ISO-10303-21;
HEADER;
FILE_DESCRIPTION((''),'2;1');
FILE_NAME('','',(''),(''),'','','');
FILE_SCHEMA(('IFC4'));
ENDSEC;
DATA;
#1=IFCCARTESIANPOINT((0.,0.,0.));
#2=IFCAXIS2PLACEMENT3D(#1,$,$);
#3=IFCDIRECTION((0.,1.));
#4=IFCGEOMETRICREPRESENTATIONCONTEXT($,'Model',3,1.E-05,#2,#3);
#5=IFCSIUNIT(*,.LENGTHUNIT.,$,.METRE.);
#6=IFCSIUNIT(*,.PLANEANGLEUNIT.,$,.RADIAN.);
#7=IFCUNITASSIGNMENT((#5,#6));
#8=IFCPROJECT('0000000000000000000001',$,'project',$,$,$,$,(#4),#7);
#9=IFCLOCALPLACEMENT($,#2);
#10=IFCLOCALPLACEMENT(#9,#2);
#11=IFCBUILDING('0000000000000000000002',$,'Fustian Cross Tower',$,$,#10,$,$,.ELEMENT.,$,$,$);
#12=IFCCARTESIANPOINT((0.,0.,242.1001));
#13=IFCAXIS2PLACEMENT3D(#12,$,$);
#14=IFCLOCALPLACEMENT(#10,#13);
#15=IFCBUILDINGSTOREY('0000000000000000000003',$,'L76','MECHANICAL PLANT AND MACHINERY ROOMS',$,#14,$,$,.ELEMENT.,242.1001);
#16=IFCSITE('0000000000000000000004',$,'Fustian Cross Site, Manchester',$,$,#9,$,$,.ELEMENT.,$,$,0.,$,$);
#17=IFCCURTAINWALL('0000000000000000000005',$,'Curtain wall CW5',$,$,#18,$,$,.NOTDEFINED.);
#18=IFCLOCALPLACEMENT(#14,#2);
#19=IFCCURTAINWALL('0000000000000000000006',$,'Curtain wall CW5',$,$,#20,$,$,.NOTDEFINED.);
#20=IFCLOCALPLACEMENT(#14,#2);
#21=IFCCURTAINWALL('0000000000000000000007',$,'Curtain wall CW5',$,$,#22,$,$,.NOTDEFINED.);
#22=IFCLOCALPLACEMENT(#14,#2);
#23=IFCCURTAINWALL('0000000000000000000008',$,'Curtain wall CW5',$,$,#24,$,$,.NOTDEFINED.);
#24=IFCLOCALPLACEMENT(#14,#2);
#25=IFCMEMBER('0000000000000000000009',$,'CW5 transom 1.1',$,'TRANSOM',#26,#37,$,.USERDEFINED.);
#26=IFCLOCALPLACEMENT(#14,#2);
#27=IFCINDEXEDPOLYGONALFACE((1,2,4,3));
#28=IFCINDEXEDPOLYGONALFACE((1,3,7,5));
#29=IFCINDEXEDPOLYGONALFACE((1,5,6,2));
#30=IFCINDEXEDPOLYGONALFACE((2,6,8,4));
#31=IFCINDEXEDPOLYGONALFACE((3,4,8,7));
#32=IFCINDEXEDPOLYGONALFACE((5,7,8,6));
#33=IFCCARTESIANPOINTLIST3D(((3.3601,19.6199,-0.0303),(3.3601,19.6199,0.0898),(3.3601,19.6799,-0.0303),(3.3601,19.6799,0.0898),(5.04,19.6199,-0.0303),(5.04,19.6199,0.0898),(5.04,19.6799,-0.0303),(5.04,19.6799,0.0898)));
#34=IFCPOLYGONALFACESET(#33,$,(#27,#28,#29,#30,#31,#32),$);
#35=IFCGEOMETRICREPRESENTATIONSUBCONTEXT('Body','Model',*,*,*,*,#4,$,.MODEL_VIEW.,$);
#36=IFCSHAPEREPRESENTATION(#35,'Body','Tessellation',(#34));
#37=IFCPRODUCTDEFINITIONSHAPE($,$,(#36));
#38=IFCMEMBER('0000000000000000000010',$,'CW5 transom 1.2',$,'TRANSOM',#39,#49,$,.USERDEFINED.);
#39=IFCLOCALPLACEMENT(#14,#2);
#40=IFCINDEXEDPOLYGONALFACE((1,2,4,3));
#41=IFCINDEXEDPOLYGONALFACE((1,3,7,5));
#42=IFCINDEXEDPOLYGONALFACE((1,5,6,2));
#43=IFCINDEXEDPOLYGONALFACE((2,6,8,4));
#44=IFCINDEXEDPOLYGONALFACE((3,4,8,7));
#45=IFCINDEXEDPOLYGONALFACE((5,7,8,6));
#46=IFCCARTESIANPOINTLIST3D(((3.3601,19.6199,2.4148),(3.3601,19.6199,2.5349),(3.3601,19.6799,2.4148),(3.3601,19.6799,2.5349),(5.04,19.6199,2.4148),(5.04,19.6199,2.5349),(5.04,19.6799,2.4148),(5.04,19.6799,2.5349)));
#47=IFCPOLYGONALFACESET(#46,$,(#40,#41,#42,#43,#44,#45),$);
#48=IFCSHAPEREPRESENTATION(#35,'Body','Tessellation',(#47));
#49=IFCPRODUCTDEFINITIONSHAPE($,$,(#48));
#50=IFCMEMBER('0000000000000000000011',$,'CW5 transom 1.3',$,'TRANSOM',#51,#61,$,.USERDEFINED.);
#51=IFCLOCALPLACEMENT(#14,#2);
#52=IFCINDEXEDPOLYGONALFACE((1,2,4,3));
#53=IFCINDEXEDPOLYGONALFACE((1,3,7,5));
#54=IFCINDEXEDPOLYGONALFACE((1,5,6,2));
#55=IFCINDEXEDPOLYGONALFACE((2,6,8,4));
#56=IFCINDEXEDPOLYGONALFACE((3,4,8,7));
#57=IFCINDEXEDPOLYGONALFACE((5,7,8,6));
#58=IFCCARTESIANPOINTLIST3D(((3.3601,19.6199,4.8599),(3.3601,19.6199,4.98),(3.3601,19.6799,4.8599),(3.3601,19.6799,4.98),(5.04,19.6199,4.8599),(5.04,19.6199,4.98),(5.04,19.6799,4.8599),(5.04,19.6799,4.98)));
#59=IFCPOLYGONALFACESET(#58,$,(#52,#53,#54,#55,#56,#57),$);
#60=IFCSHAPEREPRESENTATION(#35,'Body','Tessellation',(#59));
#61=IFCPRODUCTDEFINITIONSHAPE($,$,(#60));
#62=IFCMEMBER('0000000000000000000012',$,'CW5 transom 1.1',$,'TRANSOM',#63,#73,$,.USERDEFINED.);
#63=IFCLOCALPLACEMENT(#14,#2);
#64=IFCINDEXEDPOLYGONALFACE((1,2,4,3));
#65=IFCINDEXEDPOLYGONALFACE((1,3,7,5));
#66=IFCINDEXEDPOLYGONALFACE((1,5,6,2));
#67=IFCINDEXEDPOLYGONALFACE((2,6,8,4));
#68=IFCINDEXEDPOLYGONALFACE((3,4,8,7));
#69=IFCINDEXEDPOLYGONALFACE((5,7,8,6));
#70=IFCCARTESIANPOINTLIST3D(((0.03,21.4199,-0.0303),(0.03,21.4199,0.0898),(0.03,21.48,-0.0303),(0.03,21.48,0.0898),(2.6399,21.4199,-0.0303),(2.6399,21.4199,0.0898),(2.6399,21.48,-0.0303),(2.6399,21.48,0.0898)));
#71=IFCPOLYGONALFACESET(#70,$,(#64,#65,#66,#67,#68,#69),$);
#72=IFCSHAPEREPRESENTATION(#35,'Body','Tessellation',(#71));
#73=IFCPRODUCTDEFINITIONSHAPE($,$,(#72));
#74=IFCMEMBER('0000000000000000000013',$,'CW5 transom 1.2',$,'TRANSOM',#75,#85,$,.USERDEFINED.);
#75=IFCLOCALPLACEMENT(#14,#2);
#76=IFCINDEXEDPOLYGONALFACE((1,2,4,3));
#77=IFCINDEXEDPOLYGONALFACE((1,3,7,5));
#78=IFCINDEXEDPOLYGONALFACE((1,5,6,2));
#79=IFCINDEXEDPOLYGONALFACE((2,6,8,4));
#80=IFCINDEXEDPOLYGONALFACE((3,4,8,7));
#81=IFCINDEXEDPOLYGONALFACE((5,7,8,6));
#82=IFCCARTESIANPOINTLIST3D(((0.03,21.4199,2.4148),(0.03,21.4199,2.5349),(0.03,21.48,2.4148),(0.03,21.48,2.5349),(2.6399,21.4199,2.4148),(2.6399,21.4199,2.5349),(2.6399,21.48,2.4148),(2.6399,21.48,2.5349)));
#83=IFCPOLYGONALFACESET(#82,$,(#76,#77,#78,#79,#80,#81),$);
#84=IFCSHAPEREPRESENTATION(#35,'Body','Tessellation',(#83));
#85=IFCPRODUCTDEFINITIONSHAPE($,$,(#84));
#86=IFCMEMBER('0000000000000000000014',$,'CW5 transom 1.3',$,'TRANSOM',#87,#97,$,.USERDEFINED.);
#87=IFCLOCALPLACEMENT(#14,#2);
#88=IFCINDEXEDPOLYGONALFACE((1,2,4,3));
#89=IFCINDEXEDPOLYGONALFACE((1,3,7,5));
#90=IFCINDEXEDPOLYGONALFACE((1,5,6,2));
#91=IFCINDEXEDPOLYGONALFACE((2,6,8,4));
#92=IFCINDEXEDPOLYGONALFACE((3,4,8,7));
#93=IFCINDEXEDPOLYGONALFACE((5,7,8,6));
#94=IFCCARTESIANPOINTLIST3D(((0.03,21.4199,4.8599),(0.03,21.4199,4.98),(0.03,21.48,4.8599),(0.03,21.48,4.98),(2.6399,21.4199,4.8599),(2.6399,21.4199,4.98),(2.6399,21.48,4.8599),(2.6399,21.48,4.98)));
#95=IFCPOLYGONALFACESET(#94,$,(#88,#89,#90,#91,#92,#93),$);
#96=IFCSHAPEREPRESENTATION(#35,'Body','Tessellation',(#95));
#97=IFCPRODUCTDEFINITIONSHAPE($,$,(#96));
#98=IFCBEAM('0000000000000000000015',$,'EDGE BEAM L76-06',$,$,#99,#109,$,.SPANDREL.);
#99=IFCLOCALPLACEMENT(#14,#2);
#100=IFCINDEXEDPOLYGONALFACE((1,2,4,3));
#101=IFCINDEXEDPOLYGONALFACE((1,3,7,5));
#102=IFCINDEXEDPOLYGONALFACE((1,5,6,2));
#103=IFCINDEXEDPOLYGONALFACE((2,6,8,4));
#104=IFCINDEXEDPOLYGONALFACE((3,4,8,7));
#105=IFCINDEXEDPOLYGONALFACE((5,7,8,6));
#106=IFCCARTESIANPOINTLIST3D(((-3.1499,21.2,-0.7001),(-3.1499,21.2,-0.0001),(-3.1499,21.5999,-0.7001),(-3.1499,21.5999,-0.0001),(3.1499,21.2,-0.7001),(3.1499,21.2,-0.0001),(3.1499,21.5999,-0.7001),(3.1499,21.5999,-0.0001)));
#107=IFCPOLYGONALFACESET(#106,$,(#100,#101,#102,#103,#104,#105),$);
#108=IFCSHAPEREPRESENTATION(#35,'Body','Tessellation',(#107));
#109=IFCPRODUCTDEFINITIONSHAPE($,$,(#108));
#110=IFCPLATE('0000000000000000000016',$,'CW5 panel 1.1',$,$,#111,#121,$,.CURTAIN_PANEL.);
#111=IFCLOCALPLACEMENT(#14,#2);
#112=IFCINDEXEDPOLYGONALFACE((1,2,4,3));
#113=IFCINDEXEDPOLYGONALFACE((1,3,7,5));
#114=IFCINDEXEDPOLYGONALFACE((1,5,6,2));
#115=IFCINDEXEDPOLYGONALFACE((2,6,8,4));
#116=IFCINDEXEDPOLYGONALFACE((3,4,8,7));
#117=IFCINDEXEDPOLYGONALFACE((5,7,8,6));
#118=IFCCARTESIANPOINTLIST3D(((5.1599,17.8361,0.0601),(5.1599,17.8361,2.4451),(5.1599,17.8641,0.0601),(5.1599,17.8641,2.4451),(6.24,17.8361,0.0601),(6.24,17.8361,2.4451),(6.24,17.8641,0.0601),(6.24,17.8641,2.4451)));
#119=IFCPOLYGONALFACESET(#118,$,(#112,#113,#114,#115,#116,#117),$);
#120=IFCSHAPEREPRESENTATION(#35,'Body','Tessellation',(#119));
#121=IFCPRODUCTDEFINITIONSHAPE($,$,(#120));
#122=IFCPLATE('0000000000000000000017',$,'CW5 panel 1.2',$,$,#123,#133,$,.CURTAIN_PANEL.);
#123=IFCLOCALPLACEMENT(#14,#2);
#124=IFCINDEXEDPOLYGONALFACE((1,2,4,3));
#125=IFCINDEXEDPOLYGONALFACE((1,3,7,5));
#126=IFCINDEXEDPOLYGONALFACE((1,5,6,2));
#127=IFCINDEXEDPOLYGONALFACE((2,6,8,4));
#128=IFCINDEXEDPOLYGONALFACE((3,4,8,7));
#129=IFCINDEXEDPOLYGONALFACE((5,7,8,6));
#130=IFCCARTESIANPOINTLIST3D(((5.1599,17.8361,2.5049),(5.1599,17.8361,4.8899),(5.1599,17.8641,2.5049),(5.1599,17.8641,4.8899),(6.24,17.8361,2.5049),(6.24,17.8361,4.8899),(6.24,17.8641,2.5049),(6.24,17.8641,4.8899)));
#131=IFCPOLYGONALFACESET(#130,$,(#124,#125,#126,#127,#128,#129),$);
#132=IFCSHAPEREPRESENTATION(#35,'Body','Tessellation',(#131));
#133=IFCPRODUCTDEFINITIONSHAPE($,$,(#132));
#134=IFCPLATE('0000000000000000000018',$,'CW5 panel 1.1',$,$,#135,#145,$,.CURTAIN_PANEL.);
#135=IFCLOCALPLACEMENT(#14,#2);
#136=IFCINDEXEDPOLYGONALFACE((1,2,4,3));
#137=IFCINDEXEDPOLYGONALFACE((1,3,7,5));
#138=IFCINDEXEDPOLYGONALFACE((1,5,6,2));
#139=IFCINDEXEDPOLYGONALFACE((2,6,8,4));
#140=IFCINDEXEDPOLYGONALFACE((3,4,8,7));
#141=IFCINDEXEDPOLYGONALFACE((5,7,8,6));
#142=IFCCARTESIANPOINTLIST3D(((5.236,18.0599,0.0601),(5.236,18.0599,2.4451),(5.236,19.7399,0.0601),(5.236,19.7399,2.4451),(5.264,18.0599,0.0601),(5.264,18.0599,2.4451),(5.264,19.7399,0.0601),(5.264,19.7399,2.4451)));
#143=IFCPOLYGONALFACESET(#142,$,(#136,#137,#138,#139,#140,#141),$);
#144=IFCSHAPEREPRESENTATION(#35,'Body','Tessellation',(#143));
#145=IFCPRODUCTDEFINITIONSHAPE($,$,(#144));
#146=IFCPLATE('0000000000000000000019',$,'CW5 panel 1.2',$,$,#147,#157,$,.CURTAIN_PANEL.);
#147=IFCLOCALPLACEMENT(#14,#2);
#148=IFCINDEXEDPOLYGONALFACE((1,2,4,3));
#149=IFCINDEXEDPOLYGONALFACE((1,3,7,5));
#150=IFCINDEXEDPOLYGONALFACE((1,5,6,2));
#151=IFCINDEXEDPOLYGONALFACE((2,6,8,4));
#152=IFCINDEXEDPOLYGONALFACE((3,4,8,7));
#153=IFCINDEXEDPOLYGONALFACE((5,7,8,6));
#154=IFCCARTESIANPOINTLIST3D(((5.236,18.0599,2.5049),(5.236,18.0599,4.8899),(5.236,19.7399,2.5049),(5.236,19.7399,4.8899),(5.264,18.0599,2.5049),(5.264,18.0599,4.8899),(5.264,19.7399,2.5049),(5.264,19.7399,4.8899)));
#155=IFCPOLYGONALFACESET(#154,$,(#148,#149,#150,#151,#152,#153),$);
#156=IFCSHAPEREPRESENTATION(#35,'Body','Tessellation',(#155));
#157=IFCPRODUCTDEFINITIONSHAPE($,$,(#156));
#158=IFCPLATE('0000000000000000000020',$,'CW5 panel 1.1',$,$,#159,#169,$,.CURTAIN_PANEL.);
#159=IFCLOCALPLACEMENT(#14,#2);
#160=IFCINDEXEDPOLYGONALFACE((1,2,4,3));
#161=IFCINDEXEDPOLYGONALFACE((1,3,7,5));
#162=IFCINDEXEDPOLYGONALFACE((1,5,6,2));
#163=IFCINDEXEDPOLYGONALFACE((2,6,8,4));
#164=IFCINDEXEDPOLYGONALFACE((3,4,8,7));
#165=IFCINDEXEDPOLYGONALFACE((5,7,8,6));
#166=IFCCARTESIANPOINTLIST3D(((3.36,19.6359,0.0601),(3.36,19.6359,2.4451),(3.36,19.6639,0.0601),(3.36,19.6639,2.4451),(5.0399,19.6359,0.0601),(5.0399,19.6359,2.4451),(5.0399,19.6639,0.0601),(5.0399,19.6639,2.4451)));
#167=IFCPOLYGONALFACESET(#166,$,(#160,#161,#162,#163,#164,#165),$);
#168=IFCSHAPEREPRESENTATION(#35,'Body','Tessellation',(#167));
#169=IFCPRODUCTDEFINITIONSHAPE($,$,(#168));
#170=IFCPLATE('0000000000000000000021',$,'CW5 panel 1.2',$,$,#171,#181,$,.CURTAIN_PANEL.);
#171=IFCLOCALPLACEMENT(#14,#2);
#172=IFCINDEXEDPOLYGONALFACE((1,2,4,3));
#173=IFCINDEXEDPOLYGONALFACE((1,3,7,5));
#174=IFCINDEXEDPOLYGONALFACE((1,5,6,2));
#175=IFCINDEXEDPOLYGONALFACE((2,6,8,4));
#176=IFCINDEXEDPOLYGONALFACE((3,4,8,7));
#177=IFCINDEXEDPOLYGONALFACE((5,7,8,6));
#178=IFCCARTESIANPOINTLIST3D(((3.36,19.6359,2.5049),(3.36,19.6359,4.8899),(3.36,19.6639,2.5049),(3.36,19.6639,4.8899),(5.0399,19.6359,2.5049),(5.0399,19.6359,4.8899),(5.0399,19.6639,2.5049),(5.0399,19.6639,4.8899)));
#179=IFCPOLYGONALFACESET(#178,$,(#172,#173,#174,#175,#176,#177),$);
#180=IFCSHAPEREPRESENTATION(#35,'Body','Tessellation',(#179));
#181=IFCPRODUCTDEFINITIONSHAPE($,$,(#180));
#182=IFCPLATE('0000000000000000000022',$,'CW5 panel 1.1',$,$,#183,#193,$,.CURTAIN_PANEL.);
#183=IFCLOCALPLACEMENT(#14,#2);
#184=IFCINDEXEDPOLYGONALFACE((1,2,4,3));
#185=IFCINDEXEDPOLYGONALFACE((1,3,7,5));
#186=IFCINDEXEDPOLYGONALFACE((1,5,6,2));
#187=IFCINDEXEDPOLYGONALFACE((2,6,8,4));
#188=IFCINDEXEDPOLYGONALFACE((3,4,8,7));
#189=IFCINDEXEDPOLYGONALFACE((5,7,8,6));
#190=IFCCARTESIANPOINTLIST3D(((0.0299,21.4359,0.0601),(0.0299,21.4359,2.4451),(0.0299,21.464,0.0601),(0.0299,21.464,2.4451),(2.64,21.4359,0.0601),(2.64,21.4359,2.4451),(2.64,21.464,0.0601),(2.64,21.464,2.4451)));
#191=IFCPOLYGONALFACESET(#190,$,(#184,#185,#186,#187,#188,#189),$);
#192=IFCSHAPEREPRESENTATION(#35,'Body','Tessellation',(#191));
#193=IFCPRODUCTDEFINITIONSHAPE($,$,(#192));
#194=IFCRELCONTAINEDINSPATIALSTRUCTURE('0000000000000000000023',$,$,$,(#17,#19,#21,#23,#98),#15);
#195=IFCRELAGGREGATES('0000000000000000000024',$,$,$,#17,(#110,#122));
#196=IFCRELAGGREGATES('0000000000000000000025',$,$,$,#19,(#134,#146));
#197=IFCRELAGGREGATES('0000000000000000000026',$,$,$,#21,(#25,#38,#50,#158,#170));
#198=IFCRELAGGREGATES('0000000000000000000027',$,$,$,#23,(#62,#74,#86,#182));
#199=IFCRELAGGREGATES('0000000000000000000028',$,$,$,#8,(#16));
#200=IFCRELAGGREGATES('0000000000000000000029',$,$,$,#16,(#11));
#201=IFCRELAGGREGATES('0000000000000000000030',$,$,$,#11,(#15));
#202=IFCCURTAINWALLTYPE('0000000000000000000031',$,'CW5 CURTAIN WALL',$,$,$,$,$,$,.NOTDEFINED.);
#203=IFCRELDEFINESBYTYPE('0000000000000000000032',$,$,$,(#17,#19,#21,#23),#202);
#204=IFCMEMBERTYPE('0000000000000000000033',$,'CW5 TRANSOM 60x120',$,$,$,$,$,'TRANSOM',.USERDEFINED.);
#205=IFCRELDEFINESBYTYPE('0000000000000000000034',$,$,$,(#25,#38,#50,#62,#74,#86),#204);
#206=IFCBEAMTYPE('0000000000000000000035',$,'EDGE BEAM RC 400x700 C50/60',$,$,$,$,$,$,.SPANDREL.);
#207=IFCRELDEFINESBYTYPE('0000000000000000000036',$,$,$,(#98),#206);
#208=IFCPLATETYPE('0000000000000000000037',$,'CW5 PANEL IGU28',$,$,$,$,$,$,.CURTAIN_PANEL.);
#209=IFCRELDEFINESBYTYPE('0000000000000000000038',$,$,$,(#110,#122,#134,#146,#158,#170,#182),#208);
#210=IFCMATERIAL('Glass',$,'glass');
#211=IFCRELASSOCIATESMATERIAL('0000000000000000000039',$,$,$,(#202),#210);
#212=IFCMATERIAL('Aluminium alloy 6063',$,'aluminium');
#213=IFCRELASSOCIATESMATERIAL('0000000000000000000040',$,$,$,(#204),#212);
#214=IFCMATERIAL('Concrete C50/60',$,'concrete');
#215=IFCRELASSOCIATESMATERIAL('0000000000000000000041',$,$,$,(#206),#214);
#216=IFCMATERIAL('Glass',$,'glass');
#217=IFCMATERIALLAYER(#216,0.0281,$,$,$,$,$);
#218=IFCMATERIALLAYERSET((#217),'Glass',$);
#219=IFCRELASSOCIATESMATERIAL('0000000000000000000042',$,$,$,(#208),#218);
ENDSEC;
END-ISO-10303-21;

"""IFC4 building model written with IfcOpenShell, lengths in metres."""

from ifc_helpers import new_model, si_unit, direction, frame, origin, origin_2d, place, context, subcontext, project, spatial, rectangle, extrude, material, layer, layer_set, material_profile, profile_set, type_object, element, aggregate, save


model = new_model("IFC4")

# Units and contexts
model_context = context("Model", 3, precision=1e-05, world=origin(), true_north=direction((0.0, 1.0)))
body_context = subcontext(model_context, "Body", "Model", "MODEL_VIEW")
ifc_project = project(units=[si_unit("LENGTHUNIT", "METRE"), si_unit("PLANEANGLEUNIT", "RADIAN")], contexts=[model_context])

# Site, building, storey
site_placement = place(None, origin())
site = spatial("IfcSite", under=ifc_project, at=site_placement, Name="Fustian Cross Site, Manchester", CompositionType="ELEMENT", RefElevation=0.0)
building_placement = place(site_placement, origin())
building = spatial("IfcBuilding", under=site, at=building_placement, Name="Fustian Cross Tower", CompositionType="ELEMENT")
storey_placement = place(building_placement, frame((0.0, 0.0, 242.1001)))
storey = spatial("IfcBuildingStorey", under=building, at=storey_placement, Name="L76", Description="MECHANICAL PLANT AND MACHINERY ROOMS", CompositionType="ELEMENT", Elevation=242.1001)

# Curtain walls
ifc_material_1 = material(Name="Glass", Category="glass")
curtain_wall_type = type_object("IfcCurtainWallType", Name="CW5 CURTAIN WALL", PredefinedType="NOTDEFINED", material=ifc_material_1)
curtain_wall_1_placement = place(storey_placement, origin())
curtain_wall_1 = element("IfcCurtainWall", 1, at=curtain_wall_1_placement, inside=storey, type_object=curtain_wall_type, Name="Curtain wall CW5", PredefinedType="NOTDEFINED")
curtain_wall_2_placement = place(storey_placement, origin())
curtain_wall_2 = element("IfcCurtainWall", 2, at=curtain_wall_2_placement, inside=storey, type_object=curtain_wall_type, Name="Curtain wall CW5", PredefinedType="NOTDEFINED")
curtain_wall_3_placement = place(storey_placement, origin())
curtain_wall_3 = element("IfcCurtainWall", 3, at=curtain_wall_3_placement, inside=storey, type_object=curtain_wall_type, Name="Curtain wall CW5", PredefinedType="NOTDEFINED")

# Curtain wall
curtain_wall_4_placement = place(storey_placement, origin())
curtain_wall_4 = element("IfcCurtainWall", 4, at=curtain_wall_4_placement, inside=storey, type_object=curtain_wall_type, Name="Curtain wall CW5", PredefinedType="NOTDEFINED")

# Members
ifc_material_2 = material(Name="Aluminium alloy 6063", Category="aluminium")
ifc_material_profile_1 = material_profile(ifc_material_2, rectangle(XDim=0.0601, YDim=0.1201, at=origin_2d()), Name="CW5 TRANSOM 60x120")
ifc_profile_set_1 = profile_set([ifc_material_profile_1], Name="Aluminium alloy 6063")
member_type_1 = type_object("IfcMemberType", Name="CW5 TRANSOM 60x120", ElementType="TRANSOM", PredefinedType="USERDEFINED", material=ifc_profile_set_1)
member_1_placement = place(storey_placement, frame((5.04, 19.6499, 0.0298), z_axis=(-1.0, 0.0, 0.0), x_axis=(0.0, -1.0, 0.0)))
member_1 = element("IfcMember", 5, at=member_1_placement, type_object=member_type_1, Name="CW5 transom 1.1", ObjectType="TRANSOM", PredefinedType="USERDEFINED", context=body_context, shape_type="SweptSolid", body=[
    extrude(rectangle(XDim=0.0601, YDim=0.1201, at=origin_2d()), origin(), (0.0, 0.0, 1.0), 1.6799),
])
member_2_placement = place(storey_placement, frame((5.04, 19.6499, 2.4749), z_axis=(-1.0, 0.0, 0.0), x_axis=(0.0, -1.0, 0.0)))
member_2 = element("IfcMember", 6, at=member_2_placement, type_object=member_type_1, Name="CW5 transom 1.2", ObjectType="TRANSOM", PredefinedType="USERDEFINED", context=body_context, shape_type="SweptSolid", body=[
    extrude(rectangle(XDim=0.0601, YDim=0.1201, at=origin_2d()), origin(), (0.0, 0.0, 1.0), 1.6799),
])
member_3_placement = place(storey_placement, frame((5.04, 19.6499, 4.9199), z_axis=(-1.0, 0.0, 0.0), x_axis=(0.0, -1.0, 0.0)))
member_3 = element("IfcMember", 7, at=member_3_placement, type_object=member_type_1, Name="CW5 transom 1.3", ObjectType="TRANSOM", PredefinedType="USERDEFINED", context=body_context, shape_type="SweptSolid", body=[
    extrude(rectangle(XDim=0.0601, YDim=0.1201, at=origin_2d()), origin(), (0.0, 0.0, 1.0), 1.6799),
])
member_4_placement = place(storey_placement, frame((2.6399, 21.45, 0.0298), z_axis=(-1.0, 0.0, 0.0), x_axis=(0.0, -1.0, 0.0)))
member_4 = element("IfcMember", 8, at=member_4_placement, type_object=member_type_1, Name="CW5 transom 1.1", ObjectType="TRANSOM", PredefinedType="USERDEFINED", context=body_context, shape_type="SweptSolid", body=[
    extrude(rectangle(XDim=0.0601, YDim=0.1201, at=origin_2d()), origin(), (0.0, 0.0, 1.0), 2.6099),
])
member_5_placement = place(storey_placement, frame((2.6399, 21.45, 2.4749), z_axis=(-1.0, 0.0, 0.0), x_axis=(0.0, -1.0, 0.0)))
member_5 = element("IfcMember", 9, at=member_5_placement, type_object=member_type_1, Name="CW5 transom 1.2", ObjectType="TRANSOM", PredefinedType="USERDEFINED", context=body_context, shape_type="SweptSolid", body=[
    extrude(rectangle(XDim=0.0601, YDim=0.1201, at=origin_2d()), origin(), (0.0, 0.0, 1.0), 2.6099),
])
member_6_placement = place(storey_placement, frame((2.6399, 21.45, 4.9199), z_axis=(-1.0, 0.0, 0.0), x_axis=(0.0, -1.0, 0.0)))
member_6 = element("IfcMember", 10, at=member_6_placement, type_object=member_type_1, Name="CW5 transom 1.3", ObjectType="TRANSOM", PredefinedType="USERDEFINED", context=body_context, shape_type="SweptSolid", body=[
    extrude(rectangle(XDim=0.0601, YDim=0.1201, at=origin_2d()), origin(), (0.0, 0.0, 1.0), 2.6099),
])

# Beam
ifc_material_3 = material(Name="Concrete C50/60", Category="concrete")
ifc_material_profile_2 = material_profile(ifc_material_3, rectangle(XDim=0.3999, YDim=0.7, at=origin_2d()), Name="RC 400x700")
ifc_profile_set_2 = profile_set([ifc_material_profile_2], Name="Concrete C50/60")
beam_type = type_object("IfcBeamType", Name="EDGE BEAM RC 400x700 C50/60", PredefinedType="SPANDREL", material=ifc_profile_set_2)
beam_placement = place(storey_placement, frame((3.1499, 21.3999, -0.3501), z_axis=(-1.0, 0.0, 0.0), x_axis=(0.0, -1.0, 0.0)))
element("IfcBeam", 11, at=beam_placement, inside=storey, type_object=beam_type, Name="EDGE BEAM L76-06", PredefinedType="SPANDREL", context=body_context, shape_type="SweptSolid", body=[
    extrude(rectangle(XDim=0.3999, YDim=0.7, at=origin_2d()), origin(), (0.0, 0.0, 1.0), 6.2998),
])

# Plates
ifc_material_4 = material(Name="Glass", Category="glass")
ifc_layer_1 = layer(ifc_material_4, 0.0281)
ifc_layer_set_1 = layer_set([ifc_layer_1], Name="Glass")
plate_type = type_object("IfcPlateType", Name="CW5 PANEL IGU28", PredefinedType="CURTAIN_PANEL", material=ifc_layer_set_1)
plate_1_placement = place(storey_placement, frame((5.7, 17.8501, 0.0601), z_axis=(0.0, 0.0, 1.0), x_axis=(-1.0, 0.0, 0.0)))
plate_1 = element("IfcPlate", 12, at=plate_1_placement, type_object=plate_type, Name="CW5 panel 1.1", PredefinedType="CURTAIN_PANEL", context=body_context, shape_type="SweptSolid", body=[
    extrude(rectangle(XDim=1.0801, YDim=0.0281, at=origin_2d()), origin(), (0.0, 0.0, 1.0), 2.385),
])
plate_2_placement = place(storey_placement, frame((5.7, 17.8501, 2.5049), z_axis=(0.0, 0.0, 1.0), x_axis=(-1.0, 0.0, 0.0)))
plate_2 = element("IfcPlate", 13, at=plate_2_placement, type_object=plate_type, Name="CW5 panel 1.2", PredefinedType="CURTAIN_PANEL", context=body_context, shape_type="SweptSolid", body=[
    extrude(rectangle(XDim=1.0801, YDim=0.0281, at=origin_2d()), origin(), (0.0, 0.0, 1.0), 2.385),
])
aggregate(curtain_wall_1, [plate_1, plate_2])
plate_3_placement = place(storey_placement, frame((5.25, 18.8999, 0.0601), z_axis=(0.0, 0.0, 1.0), x_axis=(0.0, 1.0, 0.0)))
plate_3 = element("IfcPlate", 14, at=plate_3_placement, type_object=plate_type, Name="CW5 panel 1.1", PredefinedType="CURTAIN_PANEL", context=body_context, shape_type="SweptSolid", body=[
    extrude(rectangle(XDim=1.6799, YDim=0.0281, at=origin_2d()), origin(), (0.0, 0.0, 1.0), 2.385),
])
plate_4_placement = place(storey_placement, frame((5.25, 18.8999, 2.5049), z_axis=(0.0, 0.0, 1.0), x_axis=(0.0, 1.0, 0.0)))
plate_4 = element("IfcPlate", 15, at=plate_4_placement, type_object=plate_type, Name="CW5 panel 1.2", PredefinedType="CURTAIN_PANEL", context=body_context, shape_type="SweptSolid", body=[
    extrude(rectangle(XDim=1.6799, YDim=0.0281, at=origin_2d()), origin(), (0.0, 0.0, 1.0), 2.385),
])
aggregate(curtain_wall_2, [plate_3, plate_4])
plate_5_placement = place(storey_placement, frame((4.2, 19.6499, 0.0601), z_axis=(0.0, 0.0, 1.0), x_axis=(-1.0, 0.0, 0.0)))
plate_5 = element("IfcPlate", 16, at=plate_5_placement, type_object=plate_type, Name="CW5 panel 1.1", PredefinedType="CURTAIN_PANEL", context=body_context, shape_type="SweptSolid", body=[
    extrude(rectangle(XDim=1.6799, YDim=0.0281, at=origin_2d()), origin(), (0.0, 0.0, 1.0), 2.385),
])
plate_6_placement = place(storey_placement, frame((4.2, 19.6499, 2.5049), z_axis=(0.0, 0.0, 1.0), x_axis=(-1.0, 0.0, 0.0)))
plate_6 = element("IfcPlate", 17, at=plate_6_placement, type_object=plate_type, Name="CW5 panel 1.2", PredefinedType="CURTAIN_PANEL", context=body_context, shape_type="SweptSolid", body=[
    extrude(rectangle(XDim=1.6799, YDim=0.0281, at=origin_2d()), origin(), (0.0, 0.0, 1.0), 2.385),
])
aggregate(curtain_wall_3, [member_1, member_2, member_3, plate_5, plate_6])
plate_7_placement = place(storey_placement, frame((1.335, 21.45, 0.0601), z_axis=(0.0, 0.0, 1.0), x_axis=(-1.0, 0.0, 0.0)))
plate_7 = element("IfcPlate", 18, at=plate_7_placement, type_object=plate_type, Name="CW5 panel 1.1", PredefinedType="CURTAIN_PANEL", context=body_context, shape_type="SweptSolid", body=[
    extrude(rectangle(XDim=2.6101, YDim=0.0281, at=origin_2d()), origin(), (0.0, 0.0, 1.0), 2.385),
])
aggregate(curtain_wall_4, [member_4, member_5, member_6, plate_7])

save(model, "model.ifc")
